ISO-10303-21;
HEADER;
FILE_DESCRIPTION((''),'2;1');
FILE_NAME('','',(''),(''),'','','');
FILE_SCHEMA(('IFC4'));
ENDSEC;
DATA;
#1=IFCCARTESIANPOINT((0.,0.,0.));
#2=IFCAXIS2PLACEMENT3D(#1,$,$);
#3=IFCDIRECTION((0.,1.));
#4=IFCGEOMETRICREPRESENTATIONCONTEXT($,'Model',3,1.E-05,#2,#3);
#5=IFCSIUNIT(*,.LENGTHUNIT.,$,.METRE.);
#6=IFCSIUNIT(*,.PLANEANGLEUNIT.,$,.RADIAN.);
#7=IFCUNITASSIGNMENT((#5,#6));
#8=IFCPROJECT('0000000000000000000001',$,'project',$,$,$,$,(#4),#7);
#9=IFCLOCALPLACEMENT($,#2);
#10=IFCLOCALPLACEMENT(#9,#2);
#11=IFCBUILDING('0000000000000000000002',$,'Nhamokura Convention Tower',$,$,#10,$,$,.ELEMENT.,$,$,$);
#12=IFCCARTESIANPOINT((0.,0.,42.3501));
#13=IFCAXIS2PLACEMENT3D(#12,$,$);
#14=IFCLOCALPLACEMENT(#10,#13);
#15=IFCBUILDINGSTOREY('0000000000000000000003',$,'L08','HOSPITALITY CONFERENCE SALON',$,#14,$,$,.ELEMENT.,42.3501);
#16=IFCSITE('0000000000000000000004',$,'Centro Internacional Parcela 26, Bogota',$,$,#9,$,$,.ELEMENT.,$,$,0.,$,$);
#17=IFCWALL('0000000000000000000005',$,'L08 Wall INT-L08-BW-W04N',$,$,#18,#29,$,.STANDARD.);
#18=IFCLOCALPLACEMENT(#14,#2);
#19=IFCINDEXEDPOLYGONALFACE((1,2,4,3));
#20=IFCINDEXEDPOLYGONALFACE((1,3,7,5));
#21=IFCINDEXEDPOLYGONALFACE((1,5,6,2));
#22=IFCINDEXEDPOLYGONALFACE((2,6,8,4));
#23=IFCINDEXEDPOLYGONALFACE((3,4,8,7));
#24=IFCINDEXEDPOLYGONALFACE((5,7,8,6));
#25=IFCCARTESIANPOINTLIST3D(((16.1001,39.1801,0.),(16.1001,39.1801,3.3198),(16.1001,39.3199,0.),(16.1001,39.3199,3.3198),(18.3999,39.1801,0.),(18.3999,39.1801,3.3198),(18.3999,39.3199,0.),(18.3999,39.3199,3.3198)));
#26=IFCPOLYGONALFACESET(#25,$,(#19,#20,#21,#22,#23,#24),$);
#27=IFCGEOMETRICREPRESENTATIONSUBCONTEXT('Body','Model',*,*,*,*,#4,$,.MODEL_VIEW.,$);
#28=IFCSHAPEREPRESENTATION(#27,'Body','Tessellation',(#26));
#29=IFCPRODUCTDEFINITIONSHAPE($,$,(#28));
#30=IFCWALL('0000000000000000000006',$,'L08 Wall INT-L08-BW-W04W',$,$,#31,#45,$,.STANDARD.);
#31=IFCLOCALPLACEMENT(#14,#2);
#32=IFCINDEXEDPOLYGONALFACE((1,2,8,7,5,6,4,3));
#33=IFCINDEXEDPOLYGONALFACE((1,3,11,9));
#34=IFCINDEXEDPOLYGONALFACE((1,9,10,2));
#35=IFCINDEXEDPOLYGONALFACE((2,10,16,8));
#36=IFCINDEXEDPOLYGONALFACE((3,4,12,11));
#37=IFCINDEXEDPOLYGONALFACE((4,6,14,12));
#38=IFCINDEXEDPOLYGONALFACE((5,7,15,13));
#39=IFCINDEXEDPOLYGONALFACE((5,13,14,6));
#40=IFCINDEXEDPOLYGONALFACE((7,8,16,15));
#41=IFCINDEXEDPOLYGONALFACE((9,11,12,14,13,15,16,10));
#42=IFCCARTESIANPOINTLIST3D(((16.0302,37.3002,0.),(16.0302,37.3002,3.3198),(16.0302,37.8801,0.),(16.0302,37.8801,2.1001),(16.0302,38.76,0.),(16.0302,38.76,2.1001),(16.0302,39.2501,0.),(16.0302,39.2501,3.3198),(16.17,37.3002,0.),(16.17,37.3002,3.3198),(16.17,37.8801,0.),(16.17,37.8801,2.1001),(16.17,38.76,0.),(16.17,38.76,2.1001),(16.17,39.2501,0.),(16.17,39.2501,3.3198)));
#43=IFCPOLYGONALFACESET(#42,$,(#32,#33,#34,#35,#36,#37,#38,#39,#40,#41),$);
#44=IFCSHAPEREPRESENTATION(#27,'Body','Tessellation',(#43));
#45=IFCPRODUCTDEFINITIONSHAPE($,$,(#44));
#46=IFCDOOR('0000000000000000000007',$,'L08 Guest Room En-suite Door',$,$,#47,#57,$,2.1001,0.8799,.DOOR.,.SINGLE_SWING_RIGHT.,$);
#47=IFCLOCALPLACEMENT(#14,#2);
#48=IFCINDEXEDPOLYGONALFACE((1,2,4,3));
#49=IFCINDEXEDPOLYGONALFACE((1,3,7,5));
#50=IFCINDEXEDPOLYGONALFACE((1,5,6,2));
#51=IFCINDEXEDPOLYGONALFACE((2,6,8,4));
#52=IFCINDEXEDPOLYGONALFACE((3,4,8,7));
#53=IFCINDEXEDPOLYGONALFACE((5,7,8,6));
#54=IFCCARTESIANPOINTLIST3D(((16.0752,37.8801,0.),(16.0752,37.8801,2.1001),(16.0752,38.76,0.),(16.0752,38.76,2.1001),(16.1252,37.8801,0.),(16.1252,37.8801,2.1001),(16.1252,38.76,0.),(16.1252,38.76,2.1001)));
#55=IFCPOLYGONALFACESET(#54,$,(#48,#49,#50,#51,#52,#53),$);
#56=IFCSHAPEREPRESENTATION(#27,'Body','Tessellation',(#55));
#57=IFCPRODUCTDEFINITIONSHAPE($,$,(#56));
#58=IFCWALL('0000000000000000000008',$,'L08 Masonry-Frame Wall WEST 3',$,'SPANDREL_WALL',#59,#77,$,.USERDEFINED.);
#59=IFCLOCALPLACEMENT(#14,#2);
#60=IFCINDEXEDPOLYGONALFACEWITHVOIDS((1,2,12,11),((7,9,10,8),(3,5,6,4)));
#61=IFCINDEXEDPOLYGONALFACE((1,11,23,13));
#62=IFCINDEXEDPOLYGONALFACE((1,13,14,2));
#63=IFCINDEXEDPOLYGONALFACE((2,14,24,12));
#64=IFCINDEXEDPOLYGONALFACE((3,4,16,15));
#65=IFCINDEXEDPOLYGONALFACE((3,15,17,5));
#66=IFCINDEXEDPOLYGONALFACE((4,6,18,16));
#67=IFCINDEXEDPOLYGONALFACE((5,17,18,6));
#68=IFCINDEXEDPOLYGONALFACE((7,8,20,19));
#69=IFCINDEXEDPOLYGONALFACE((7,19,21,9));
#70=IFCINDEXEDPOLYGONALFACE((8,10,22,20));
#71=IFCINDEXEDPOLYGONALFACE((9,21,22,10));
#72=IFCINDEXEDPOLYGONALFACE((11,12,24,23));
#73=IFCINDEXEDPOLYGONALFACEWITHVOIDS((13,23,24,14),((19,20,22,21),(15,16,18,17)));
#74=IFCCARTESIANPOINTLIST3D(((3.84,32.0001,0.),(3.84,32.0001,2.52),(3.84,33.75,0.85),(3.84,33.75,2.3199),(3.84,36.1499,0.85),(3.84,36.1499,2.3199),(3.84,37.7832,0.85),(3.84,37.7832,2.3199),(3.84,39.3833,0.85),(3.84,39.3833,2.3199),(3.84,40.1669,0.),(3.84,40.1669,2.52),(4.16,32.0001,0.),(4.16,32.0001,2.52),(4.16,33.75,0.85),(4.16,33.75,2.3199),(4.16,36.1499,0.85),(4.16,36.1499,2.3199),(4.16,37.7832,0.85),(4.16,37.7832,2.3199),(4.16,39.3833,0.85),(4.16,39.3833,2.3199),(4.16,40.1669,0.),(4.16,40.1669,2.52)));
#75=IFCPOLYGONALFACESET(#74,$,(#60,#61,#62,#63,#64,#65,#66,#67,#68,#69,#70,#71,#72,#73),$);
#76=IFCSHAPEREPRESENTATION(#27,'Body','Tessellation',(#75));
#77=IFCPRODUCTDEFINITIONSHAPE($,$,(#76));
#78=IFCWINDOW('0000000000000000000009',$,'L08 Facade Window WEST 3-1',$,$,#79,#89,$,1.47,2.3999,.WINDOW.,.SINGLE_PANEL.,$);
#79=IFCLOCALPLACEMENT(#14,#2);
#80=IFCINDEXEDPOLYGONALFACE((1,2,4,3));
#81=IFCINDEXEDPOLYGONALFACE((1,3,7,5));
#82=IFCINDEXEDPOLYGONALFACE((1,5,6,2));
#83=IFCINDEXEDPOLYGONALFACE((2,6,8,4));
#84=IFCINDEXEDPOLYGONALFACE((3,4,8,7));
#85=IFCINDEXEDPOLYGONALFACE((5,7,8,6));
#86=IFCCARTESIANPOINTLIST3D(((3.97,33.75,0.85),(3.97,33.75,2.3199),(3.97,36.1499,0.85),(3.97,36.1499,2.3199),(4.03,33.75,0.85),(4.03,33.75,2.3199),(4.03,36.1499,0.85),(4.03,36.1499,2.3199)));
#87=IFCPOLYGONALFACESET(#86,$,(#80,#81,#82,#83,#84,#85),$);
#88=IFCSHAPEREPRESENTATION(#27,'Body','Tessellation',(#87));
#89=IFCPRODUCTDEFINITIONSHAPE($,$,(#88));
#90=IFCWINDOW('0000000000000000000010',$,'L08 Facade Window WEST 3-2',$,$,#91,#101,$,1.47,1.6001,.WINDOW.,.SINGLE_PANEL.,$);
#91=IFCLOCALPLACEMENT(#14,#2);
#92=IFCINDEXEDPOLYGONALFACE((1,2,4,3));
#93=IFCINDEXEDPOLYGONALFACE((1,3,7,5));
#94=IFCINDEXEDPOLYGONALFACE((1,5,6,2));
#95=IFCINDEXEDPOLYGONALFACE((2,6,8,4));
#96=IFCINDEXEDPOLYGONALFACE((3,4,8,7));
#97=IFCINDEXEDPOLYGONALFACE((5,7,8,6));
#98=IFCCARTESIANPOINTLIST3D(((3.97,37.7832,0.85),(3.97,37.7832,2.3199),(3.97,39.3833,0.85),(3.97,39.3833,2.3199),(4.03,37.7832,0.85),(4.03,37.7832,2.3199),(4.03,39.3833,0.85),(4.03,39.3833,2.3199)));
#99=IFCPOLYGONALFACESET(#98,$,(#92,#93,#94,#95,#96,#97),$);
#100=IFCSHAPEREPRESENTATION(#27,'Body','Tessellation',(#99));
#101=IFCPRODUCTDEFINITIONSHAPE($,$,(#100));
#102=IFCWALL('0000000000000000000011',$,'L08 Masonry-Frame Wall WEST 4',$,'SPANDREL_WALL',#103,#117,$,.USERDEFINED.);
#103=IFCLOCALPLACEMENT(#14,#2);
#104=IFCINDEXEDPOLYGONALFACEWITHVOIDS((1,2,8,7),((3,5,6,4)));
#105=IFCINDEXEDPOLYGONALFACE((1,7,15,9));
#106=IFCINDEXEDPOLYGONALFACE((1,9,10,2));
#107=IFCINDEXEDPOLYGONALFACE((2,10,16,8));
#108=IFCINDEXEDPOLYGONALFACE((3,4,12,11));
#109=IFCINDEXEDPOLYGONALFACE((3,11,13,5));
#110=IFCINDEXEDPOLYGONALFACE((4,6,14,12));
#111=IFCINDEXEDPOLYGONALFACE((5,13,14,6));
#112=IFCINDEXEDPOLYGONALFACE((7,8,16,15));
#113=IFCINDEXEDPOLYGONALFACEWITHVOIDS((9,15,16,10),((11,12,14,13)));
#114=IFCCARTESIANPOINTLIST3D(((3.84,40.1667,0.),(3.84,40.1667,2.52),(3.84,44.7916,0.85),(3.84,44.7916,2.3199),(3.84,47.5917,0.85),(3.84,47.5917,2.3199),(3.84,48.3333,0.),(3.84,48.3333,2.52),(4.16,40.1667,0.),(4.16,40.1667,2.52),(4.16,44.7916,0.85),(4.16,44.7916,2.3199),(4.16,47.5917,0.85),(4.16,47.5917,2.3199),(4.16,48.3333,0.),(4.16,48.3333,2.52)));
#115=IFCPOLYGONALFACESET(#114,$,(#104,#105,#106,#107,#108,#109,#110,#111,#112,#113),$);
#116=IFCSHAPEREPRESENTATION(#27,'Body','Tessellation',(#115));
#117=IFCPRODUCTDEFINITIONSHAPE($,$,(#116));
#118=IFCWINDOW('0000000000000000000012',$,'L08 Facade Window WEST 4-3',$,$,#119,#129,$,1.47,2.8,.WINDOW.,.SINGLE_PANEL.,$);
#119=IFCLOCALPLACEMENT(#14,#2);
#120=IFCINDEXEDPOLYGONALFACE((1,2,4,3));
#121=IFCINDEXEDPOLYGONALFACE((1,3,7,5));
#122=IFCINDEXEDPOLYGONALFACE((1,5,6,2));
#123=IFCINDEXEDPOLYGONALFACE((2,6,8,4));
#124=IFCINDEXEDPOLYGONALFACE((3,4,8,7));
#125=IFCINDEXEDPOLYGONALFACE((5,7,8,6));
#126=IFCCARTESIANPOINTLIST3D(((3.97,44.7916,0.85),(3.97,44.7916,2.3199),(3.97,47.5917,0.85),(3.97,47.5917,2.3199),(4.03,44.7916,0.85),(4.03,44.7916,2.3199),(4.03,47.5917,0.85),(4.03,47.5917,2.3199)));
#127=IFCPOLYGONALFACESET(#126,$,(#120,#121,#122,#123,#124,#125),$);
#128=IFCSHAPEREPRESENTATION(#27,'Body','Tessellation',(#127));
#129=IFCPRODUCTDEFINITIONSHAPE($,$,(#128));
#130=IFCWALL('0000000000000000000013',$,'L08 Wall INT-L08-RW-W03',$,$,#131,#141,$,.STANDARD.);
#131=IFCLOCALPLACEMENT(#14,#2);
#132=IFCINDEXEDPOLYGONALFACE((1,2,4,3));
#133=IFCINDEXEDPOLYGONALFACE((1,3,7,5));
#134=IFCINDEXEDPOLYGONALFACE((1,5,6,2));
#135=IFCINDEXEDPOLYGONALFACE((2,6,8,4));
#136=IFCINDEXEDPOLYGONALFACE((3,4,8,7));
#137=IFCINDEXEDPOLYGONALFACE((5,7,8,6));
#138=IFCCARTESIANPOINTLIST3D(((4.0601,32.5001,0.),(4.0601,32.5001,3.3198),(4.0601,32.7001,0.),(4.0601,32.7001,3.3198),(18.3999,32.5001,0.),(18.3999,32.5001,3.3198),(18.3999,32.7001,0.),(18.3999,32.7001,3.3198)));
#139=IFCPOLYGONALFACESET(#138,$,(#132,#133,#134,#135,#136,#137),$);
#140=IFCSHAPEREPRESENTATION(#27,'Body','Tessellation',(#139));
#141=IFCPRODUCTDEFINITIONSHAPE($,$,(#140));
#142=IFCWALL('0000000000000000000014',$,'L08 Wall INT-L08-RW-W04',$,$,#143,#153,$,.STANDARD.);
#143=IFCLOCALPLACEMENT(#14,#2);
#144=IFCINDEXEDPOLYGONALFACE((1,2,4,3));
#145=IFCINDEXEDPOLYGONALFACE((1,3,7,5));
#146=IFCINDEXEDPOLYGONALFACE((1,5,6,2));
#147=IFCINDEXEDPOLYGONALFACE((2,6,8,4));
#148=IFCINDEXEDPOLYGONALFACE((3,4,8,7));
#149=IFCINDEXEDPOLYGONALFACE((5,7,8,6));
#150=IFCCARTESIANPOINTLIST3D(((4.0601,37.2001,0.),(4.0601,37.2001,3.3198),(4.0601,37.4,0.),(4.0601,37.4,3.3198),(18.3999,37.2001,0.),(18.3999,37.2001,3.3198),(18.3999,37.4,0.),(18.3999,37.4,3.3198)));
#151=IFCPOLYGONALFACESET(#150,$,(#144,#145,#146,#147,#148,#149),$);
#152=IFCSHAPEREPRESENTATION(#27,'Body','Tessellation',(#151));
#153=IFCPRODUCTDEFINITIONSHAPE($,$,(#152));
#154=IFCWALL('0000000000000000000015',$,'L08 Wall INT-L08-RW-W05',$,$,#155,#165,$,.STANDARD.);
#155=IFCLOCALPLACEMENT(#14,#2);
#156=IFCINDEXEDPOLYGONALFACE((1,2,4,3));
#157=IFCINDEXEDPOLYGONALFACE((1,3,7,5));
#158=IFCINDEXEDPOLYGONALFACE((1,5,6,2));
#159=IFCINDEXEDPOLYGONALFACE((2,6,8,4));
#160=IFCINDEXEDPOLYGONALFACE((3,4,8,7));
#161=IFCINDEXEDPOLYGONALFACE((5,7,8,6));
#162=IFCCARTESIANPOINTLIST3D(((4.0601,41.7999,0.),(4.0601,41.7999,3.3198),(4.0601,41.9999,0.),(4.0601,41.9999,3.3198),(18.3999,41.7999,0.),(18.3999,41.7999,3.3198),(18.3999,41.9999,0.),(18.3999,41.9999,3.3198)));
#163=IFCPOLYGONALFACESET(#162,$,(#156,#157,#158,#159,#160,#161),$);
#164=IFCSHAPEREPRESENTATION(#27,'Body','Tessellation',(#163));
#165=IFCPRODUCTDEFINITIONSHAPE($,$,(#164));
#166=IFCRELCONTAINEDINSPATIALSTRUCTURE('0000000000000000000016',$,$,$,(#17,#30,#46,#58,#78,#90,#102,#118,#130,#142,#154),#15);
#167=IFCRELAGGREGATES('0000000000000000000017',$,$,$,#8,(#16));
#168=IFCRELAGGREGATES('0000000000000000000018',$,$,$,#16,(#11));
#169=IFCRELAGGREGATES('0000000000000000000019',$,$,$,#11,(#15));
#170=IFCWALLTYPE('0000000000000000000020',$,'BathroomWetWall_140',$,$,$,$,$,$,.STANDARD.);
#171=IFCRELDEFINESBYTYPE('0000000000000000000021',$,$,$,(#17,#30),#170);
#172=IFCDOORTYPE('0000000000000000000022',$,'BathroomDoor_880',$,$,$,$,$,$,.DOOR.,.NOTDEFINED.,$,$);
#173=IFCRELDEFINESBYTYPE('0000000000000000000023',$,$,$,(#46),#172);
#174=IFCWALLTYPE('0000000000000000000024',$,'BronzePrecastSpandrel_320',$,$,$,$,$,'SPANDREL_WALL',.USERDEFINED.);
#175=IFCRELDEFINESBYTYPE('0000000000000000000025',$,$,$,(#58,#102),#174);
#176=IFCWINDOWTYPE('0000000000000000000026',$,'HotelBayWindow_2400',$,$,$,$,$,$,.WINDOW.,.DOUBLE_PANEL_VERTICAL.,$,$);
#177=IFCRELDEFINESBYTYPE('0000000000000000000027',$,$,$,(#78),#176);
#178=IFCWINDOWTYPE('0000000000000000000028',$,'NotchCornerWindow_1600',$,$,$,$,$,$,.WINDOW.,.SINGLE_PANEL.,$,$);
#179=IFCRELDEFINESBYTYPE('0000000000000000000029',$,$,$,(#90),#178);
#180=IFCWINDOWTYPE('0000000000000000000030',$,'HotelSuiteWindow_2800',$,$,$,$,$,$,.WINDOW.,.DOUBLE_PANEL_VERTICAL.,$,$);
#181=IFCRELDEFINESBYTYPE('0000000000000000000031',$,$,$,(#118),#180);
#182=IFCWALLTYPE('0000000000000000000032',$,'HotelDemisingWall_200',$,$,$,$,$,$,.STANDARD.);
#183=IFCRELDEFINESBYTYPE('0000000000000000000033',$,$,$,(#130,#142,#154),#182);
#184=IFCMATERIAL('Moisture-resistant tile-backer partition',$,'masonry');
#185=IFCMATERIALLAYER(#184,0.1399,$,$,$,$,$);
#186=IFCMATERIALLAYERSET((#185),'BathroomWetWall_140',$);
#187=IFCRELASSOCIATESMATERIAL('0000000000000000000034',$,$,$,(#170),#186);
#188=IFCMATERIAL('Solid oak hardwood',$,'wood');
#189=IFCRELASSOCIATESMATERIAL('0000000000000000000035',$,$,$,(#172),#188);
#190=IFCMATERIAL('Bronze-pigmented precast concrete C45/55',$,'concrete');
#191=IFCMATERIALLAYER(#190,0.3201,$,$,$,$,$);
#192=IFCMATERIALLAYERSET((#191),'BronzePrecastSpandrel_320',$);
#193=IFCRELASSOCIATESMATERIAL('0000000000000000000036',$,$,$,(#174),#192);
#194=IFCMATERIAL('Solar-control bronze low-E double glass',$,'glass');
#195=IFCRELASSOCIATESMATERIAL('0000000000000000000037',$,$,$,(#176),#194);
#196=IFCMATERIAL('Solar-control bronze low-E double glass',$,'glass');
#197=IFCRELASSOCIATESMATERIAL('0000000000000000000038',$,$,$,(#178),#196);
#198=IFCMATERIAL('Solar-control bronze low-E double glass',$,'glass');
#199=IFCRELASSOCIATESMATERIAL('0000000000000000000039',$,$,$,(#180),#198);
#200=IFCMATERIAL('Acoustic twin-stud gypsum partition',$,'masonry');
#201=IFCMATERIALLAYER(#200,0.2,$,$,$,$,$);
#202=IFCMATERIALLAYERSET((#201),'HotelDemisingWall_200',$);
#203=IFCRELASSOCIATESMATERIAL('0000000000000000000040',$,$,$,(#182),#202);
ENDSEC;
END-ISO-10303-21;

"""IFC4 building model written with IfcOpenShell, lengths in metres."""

from ifc_helpers import new_model, si_unit, direction, frame, frame_2d, origin, place, context, subcontext, project, spatial, rectangle, extrude, material, layer, layer_set, type_object, element, fill, save


model = new_model("IFC4")

# Units and contexts
model_context = context("Model", 3, precision=1e-05, world=origin(), true_north=direction((0.0, 1.0)))
body_context = subcontext(model_context, "Body", "Model", "MODEL_VIEW")
ifc_project = project(units=[si_unit("LENGTHUNIT", "METRE"), si_unit("PLANEANGLEUNIT", "RADIAN")], contexts=[model_context])

# Site, building, storey
site_placement = place(None, origin())
site = spatial("IfcSite", under=ifc_project, at=site_placement, Name="Centro Internacional Parcela 26, Bogota", CompositionType="ELEMENT", RefElevation=0.0)
building_placement = place(site_placement, origin())
building = spatial("IfcBuilding", under=site, at=building_placement, Name="Nhamokura Convention Tower", CompositionType="ELEMENT")
storey_placement = place(building_placement, frame((0.0, 0.0, 42.3501)))
storey = spatial("IfcBuildingStorey", under=building, at=storey_placement, Name="L08", Description="HOSPITALITY CONFERENCE SALON", CompositionType="ELEMENT", Elevation=42.3501)

# Shared definitions
ifc_material_1 = material(Name="Moisture-resistant tile-backer partition", Category="masonry")
ifc_layer_1 = layer(ifc_material_1, 0.1399)
ifc_layer_set_1 = layer_set([ifc_layer_1], Name="BathroomWetWall_140")
wall_type_1 = type_object("IfcWallType", Name="BathroomWetWall_140", PredefinedType="STANDARD", material=ifc_layer_set_1)

# Shared definitions
ifc_material_2 = material(Name="Solid oak hardwood", Category="wood")
door_type = type_object("IfcDoorType", Name="BathroomDoor_880", OperationType="NOTDEFINED", PredefinedType="DOOR", material=ifc_material_2)

# Wall
wall_1_placement = place(storey_placement, frame((16.1001, 39.25, 0.0), z_axis=(0.0, 0.0, 1.0), x_axis=(1.0, 0.0, 0.0)))
element("IfcWall", 1, at=wall_1_placement, inside=storey, type_object=wall_type_1, Name="L08 Wall INT-L08-BW-W04N", PredefinedType="STANDARD", context=body_context, shape_type="SweptSolid", body=[
    extrude(rectangle(XDim=2.2998, YDim=0.1399, at=frame_2d((1.1499, 0.0))), origin(), (0.0, 0.0, 1.0), 3.3198),
])

# Wall, opening, door
wall_2_placement = place(storey_placement, frame((16.1001, 37.3, 0.0), z_axis=(0.0, 0.0, 1.0), x_axis=(0.0, 1.0, 0.0)))
wall_2 = element("IfcWall", 2, at=wall_2_placement, inside=storey, type_object=wall_type_1, Name="L08 Wall INT-L08-BW-W04W", PredefinedType="STANDARD", context=body_context, shape_type="SweptSolid", body=[
    extrude(rectangle(XDim=1.95, YDim=0.1399, at=frame_2d((0.9751, 0.0))), origin(), (0.0, 0.0, 1.0), 3.3198),
])
opening_1_placement = place(wall_2_placement, frame((0.5801, 0.0, 0.0)))
opening_1 = element("IfcOpeningElement", 3, at=opening_1_placement, cuts=wall_2, PredefinedType="OPENING", context=body_context, shape_type="SweptSolid", body=[
    extrude(rectangle(XDim=0.8799, YDim=2.1001, at=frame_2d((0.4399, 1.05))), frame((0.0, 0.0798, 0.0), z_axis=(0.0, -1.0, 0.0), x_axis=(1.0, 0.0, 0.0)), (0.0, 0.0, 1.0), 0.1599),
])
door_1_placement = place(opening_1_placement, origin())
door_1 = element("IfcDoor", 4, at=door_1_placement, inside=storey, type_object=door_type, Name="L08 Guest Room En-suite Door", OperationType="SINGLE_SWING_RIGHT", OverallHeight=2.1001, OverallWidth=0.8799, PredefinedType="DOOR", context=body_context, shape_type="SweptSolid", body=[
    extrude(rectangle(XDim=0.8799, YDim=2.1001, at=frame_2d((0.4399, 1.05))), frame((0.0, 0.0249, 0.0), z_axis=(0.0, -1.0, 0.0), x_axis=(1.0, 0.0, 0.0)), (0.0, 0.0, 1.0), 0.05),
])
fill(opening_1, door_1)

# Wall, openings, windows
ifc_material_3 = material(Name="Bronze-pigmented precast concrete C45/55", Category="concrete")
ifc_layer_2 = layer(ifc_material_3, 0.3201)
ifc_layer_set_2 = layer_set([ifc_layer_2], Name="BronzePrecastSpandrel_320")
wall_type_2 = type_object("IfcWallType", Name="BronzePrecastSpandrel_320", ElementType="SPANDREL_WALL", PredefinedType="USERDEFINED", material=ifc_layer_set_2)
wall_3_placement = place(storey_placement, frame((4.0, 32.0, 0.0), z_axis=(0.0, 0.0, 1.0), x_axis=(0.0, 1.0, 0.0)))
wall_3 = element("IfcWall", 5, at=wall_3_placement, inside=storey, type_object=wall_type_2, Name="L08 Masonry-Frame Wall WEST 3", ObjectType="SPANDREL_WALL", PredefinedType="USERDEFINED", context=body_context, shape_type="SweptSolid", body=[
    extrude(rectangle(XDim=8.1667, YDim=0.3201, at=frame_2d((4.0835, 0.0))), origin(), (0.0, 0.0, 1.0), 2.52),
])
opening_2_placement = place(wall_3_placement, frame((1.75, 0.0, 0.8501)))
opening_2 = element("IfcOpeningElement", 6, at=opening_2_placement, cuts=wall_3, PredefinedType="OPENING", context=body_context, shape_type="SweptSolid", body=[
    extrude(rectangle(XDim=2.3999, YDim=1.47, at=frame_2d((1.2, 0.7349))), frame((0.0, 0.1699, 0.0), z_axis=(0.0, -1.0, 0.0), x_axis=(1.0, 0.0, 0.0)), (0.0, 0.0, 1.0), 0.3401),
])
opening_3_placement = place(wall_3_placement, frame((5.7832, 0.0, 0.8501)))
opening_3 = element("IfcOpeningElement", 7, at=opening_3_placement, cuts=wall_3, PredefinedType="OPENING", context=body_context, shape_type="SweptSolid", body=[
    extrude(rectangle(XDim=1.6001, YDim=1.47, at=frame_2d((0.8, 0.7349))), frame((0.0, 0.1699, 0.0), z_axis=(0.0, -1.0, 0.0), x_axis=(1.0, 0.0, 0.0)), (0.0, 0.0, 1.0), 0.3401),
])
ifc_material_4 = material(Name="Solar-control bronze low-E double glass", Category="glass")
window_type_1 = type_object("IfcWindowType", Name="HotelBayWindow_2400", PartitioningType="DOUBLE_PANEL_VERTICAL", PredefinedType="WINDOW", material=ifc_material_4)
window_1_placement = place(opening_2_placement, origin())
window_1 = element("IfcWindow", 8, at=window_1_placement, inside=storey, type_object=window_type_1, Name="L08 Facade Window WEST 3-1", OverallHeight=1.47, OverallWidth=2.3999, PartitioningType="SINGLE_PANEL", PredefinedType="WINDOW", context=body_context, shape_type="SweptSolid", body=[
    extrude(rectangle(XDim=2.3999, YDim=1.47, at=frame_2d((1.2, 0.7349))), frame((0.0, 0.03, 0.0), z_axis=(0.0, -1.0, 0.0), x_axis=(1.0, 0.0, 0.0)), (0.0, 0.0, 1.0), 0.0601),
])
fill(opening_2, window_1)
ifc_material_5 = material(Name="Solar-control bronze low-E double glass", Category="glass")
window_type_2 = type_object("IfcWindowType", Name="NotchCornerWindow_1600", PartitioningType="SINGLE_PANEL", PredefinedType="WINDOW", material=ifc_material_5)
window_2_placement = place(opening_3_placement, origin())
window_2 = element("IfcWindow", 9, at=window_2_placement, inside=storey, type_object=window_type_2, Name="L08 Facade Window WEST 3-2", OverallHeight=1.47, OverallWidth=1.6001, PartitioningType="SINGLE_PANEL", PredefinedType="WINDOW", context=body_context, shape_type="SweptSolid", body=[
    extrude(rectangle(XDim=1.6001, YDim=1.47, at=frame_2d((0.8, 0.7349))), frame((0.0, 0.03, 0.0), z_axis=(0.0, -1.0, 0.0), x_axis=(1.0, 0.0, 0.0)), (0.0, 0.0, 1.0), 0.0601),
])
fill(opening_3, window_2)

# Wall, opening, window
wall_4_placement = place(storey_placement, frame((4.0, 40.1667, 0.0), z_axis=(0.0, 0.0, 1.0), x_axis=(0.0, 1.0, 0.0)))
wall_4 = element("IfcWall", 10, at=wall_4_placement, inside=storey, type_object=wall_type_2, Name="L08 Masonry-Frame Wall WEST 4", ObjectType="SPANDREL_WALL", PredefinedType="USERDEFINED", context=body_context, shape_type="SweptSolid", body=[
    extrude(rectangle(XDim=8.1665, YDim=0.3201, at=frame_2d((4.0833, 0.0))), origin(), (0.0, 0.0, 1.0), 2.52),
])
opening_4_placement = place(wall_4_placement, frame((4.625, 0.0, 0.8501)))
opening_4 = element("IfcOpeningElement", 11, at=opening_4_placement, cuts=wall_4, PredefinedType="OPENING", context=body_context, shape_type="SweptSolid", body=[
    extrude(rectangle(XDim=2.8, YDim=1.47, at=frame_2d((1.3999, 0.7349))), frame((0.0, 0.1699, 0.0), z_axis=(0.0, -1.0, 0.0), x_axis=(1.0, 0.0, 0.0)), (0.0, 0.0, 1.0), 0.3401),
])
ifc_material_6 = material(Name="Solar-control bronze low-E double glass", Category="glass")
window_type_3 = type_object("IfcWindowType", Name="HotelSuiteWindow_2800", PartitioningType="DOUBLE_PANEL_VERTICAL", PredefinedType="WINDOW", material=ifc_material_6)
window_3_placement = place(opening_4_placement, origin())
window_3 = element("IfcWindow", 12, at=window_3_placement, inside=storey, type_object=window_type_3, Name="L08 Facade Window WEST 4-3", OverallHeight=1.47, OverallWidth=2.8, PartitioningType="SINGLE_PANEL", PredefinedType="WINDOW", context=body_context, shape_type="SweptSolid", body=[
    extrude(rectangle(XDim=2.8, YDim=1.47, at=frame_2d((1.3999, 0.7349))), frame((0.0, 0.03, 0.0), z_axis=(0.0, -1.0, 0.0), x_axis=(1.0, 0.0, 0.0)), (0.0, 0.0, 1.0), 0.0601),
])
fill(opening_4, window_3)

# Walls
ifc_material_7 = material(Name="Acoustic twin-stud gypsum partition", Category="masonry")
ifc_layer_3 = layer(ifc_material_7, 0.2)
ifc_layer_set_3 = layer_set([ifc_layer_3], Name="HotelDemisingWall_200")
wall_type_3 = type_object("IfcWallType", Name="HotelDemisingWall_200", PredefinedType="STANDARD", material=ifc_layer_set_3)
for number, where, z_axis, x_axis, name in (
    (13, (4.0601, 32.6001, 0.0), (0.0, 0.0, 1.0), (1.0, 0.0, 0.0), "L08 Wall INT-L08-RW-W03"),
    (14, (4.0601, 37.3, 0.0), (0.0, 0.0, 1.0), (1.0, 0.0, 0.0), "L08 Wall INT-L08-RW-W04"),
    (15, (4.0601, 41.8999, 0.0), (0.0, 0.0, 1.0), (1.0, 0.0, 0.0), "L08 Wall INT-L08-RW-W05"),
):
    element("IfcWall", number, at=place(storey_placement, frame(where, z_axis=z_axis, x_axis=x_axis)), inside=storey, type_object=wall_type_3, Name=name, PredefinedType="STANDARD", context=body_context, shape_type="SweptSolid", body=[
        extrude(rectangle(XDim=14.3398, YDim=0.2, at=frame_2d((7.1699, 0.0))), origin(), (0.0, 0.0, 1.0), 3.3198),
    ])

save(model, "model.ifc")
